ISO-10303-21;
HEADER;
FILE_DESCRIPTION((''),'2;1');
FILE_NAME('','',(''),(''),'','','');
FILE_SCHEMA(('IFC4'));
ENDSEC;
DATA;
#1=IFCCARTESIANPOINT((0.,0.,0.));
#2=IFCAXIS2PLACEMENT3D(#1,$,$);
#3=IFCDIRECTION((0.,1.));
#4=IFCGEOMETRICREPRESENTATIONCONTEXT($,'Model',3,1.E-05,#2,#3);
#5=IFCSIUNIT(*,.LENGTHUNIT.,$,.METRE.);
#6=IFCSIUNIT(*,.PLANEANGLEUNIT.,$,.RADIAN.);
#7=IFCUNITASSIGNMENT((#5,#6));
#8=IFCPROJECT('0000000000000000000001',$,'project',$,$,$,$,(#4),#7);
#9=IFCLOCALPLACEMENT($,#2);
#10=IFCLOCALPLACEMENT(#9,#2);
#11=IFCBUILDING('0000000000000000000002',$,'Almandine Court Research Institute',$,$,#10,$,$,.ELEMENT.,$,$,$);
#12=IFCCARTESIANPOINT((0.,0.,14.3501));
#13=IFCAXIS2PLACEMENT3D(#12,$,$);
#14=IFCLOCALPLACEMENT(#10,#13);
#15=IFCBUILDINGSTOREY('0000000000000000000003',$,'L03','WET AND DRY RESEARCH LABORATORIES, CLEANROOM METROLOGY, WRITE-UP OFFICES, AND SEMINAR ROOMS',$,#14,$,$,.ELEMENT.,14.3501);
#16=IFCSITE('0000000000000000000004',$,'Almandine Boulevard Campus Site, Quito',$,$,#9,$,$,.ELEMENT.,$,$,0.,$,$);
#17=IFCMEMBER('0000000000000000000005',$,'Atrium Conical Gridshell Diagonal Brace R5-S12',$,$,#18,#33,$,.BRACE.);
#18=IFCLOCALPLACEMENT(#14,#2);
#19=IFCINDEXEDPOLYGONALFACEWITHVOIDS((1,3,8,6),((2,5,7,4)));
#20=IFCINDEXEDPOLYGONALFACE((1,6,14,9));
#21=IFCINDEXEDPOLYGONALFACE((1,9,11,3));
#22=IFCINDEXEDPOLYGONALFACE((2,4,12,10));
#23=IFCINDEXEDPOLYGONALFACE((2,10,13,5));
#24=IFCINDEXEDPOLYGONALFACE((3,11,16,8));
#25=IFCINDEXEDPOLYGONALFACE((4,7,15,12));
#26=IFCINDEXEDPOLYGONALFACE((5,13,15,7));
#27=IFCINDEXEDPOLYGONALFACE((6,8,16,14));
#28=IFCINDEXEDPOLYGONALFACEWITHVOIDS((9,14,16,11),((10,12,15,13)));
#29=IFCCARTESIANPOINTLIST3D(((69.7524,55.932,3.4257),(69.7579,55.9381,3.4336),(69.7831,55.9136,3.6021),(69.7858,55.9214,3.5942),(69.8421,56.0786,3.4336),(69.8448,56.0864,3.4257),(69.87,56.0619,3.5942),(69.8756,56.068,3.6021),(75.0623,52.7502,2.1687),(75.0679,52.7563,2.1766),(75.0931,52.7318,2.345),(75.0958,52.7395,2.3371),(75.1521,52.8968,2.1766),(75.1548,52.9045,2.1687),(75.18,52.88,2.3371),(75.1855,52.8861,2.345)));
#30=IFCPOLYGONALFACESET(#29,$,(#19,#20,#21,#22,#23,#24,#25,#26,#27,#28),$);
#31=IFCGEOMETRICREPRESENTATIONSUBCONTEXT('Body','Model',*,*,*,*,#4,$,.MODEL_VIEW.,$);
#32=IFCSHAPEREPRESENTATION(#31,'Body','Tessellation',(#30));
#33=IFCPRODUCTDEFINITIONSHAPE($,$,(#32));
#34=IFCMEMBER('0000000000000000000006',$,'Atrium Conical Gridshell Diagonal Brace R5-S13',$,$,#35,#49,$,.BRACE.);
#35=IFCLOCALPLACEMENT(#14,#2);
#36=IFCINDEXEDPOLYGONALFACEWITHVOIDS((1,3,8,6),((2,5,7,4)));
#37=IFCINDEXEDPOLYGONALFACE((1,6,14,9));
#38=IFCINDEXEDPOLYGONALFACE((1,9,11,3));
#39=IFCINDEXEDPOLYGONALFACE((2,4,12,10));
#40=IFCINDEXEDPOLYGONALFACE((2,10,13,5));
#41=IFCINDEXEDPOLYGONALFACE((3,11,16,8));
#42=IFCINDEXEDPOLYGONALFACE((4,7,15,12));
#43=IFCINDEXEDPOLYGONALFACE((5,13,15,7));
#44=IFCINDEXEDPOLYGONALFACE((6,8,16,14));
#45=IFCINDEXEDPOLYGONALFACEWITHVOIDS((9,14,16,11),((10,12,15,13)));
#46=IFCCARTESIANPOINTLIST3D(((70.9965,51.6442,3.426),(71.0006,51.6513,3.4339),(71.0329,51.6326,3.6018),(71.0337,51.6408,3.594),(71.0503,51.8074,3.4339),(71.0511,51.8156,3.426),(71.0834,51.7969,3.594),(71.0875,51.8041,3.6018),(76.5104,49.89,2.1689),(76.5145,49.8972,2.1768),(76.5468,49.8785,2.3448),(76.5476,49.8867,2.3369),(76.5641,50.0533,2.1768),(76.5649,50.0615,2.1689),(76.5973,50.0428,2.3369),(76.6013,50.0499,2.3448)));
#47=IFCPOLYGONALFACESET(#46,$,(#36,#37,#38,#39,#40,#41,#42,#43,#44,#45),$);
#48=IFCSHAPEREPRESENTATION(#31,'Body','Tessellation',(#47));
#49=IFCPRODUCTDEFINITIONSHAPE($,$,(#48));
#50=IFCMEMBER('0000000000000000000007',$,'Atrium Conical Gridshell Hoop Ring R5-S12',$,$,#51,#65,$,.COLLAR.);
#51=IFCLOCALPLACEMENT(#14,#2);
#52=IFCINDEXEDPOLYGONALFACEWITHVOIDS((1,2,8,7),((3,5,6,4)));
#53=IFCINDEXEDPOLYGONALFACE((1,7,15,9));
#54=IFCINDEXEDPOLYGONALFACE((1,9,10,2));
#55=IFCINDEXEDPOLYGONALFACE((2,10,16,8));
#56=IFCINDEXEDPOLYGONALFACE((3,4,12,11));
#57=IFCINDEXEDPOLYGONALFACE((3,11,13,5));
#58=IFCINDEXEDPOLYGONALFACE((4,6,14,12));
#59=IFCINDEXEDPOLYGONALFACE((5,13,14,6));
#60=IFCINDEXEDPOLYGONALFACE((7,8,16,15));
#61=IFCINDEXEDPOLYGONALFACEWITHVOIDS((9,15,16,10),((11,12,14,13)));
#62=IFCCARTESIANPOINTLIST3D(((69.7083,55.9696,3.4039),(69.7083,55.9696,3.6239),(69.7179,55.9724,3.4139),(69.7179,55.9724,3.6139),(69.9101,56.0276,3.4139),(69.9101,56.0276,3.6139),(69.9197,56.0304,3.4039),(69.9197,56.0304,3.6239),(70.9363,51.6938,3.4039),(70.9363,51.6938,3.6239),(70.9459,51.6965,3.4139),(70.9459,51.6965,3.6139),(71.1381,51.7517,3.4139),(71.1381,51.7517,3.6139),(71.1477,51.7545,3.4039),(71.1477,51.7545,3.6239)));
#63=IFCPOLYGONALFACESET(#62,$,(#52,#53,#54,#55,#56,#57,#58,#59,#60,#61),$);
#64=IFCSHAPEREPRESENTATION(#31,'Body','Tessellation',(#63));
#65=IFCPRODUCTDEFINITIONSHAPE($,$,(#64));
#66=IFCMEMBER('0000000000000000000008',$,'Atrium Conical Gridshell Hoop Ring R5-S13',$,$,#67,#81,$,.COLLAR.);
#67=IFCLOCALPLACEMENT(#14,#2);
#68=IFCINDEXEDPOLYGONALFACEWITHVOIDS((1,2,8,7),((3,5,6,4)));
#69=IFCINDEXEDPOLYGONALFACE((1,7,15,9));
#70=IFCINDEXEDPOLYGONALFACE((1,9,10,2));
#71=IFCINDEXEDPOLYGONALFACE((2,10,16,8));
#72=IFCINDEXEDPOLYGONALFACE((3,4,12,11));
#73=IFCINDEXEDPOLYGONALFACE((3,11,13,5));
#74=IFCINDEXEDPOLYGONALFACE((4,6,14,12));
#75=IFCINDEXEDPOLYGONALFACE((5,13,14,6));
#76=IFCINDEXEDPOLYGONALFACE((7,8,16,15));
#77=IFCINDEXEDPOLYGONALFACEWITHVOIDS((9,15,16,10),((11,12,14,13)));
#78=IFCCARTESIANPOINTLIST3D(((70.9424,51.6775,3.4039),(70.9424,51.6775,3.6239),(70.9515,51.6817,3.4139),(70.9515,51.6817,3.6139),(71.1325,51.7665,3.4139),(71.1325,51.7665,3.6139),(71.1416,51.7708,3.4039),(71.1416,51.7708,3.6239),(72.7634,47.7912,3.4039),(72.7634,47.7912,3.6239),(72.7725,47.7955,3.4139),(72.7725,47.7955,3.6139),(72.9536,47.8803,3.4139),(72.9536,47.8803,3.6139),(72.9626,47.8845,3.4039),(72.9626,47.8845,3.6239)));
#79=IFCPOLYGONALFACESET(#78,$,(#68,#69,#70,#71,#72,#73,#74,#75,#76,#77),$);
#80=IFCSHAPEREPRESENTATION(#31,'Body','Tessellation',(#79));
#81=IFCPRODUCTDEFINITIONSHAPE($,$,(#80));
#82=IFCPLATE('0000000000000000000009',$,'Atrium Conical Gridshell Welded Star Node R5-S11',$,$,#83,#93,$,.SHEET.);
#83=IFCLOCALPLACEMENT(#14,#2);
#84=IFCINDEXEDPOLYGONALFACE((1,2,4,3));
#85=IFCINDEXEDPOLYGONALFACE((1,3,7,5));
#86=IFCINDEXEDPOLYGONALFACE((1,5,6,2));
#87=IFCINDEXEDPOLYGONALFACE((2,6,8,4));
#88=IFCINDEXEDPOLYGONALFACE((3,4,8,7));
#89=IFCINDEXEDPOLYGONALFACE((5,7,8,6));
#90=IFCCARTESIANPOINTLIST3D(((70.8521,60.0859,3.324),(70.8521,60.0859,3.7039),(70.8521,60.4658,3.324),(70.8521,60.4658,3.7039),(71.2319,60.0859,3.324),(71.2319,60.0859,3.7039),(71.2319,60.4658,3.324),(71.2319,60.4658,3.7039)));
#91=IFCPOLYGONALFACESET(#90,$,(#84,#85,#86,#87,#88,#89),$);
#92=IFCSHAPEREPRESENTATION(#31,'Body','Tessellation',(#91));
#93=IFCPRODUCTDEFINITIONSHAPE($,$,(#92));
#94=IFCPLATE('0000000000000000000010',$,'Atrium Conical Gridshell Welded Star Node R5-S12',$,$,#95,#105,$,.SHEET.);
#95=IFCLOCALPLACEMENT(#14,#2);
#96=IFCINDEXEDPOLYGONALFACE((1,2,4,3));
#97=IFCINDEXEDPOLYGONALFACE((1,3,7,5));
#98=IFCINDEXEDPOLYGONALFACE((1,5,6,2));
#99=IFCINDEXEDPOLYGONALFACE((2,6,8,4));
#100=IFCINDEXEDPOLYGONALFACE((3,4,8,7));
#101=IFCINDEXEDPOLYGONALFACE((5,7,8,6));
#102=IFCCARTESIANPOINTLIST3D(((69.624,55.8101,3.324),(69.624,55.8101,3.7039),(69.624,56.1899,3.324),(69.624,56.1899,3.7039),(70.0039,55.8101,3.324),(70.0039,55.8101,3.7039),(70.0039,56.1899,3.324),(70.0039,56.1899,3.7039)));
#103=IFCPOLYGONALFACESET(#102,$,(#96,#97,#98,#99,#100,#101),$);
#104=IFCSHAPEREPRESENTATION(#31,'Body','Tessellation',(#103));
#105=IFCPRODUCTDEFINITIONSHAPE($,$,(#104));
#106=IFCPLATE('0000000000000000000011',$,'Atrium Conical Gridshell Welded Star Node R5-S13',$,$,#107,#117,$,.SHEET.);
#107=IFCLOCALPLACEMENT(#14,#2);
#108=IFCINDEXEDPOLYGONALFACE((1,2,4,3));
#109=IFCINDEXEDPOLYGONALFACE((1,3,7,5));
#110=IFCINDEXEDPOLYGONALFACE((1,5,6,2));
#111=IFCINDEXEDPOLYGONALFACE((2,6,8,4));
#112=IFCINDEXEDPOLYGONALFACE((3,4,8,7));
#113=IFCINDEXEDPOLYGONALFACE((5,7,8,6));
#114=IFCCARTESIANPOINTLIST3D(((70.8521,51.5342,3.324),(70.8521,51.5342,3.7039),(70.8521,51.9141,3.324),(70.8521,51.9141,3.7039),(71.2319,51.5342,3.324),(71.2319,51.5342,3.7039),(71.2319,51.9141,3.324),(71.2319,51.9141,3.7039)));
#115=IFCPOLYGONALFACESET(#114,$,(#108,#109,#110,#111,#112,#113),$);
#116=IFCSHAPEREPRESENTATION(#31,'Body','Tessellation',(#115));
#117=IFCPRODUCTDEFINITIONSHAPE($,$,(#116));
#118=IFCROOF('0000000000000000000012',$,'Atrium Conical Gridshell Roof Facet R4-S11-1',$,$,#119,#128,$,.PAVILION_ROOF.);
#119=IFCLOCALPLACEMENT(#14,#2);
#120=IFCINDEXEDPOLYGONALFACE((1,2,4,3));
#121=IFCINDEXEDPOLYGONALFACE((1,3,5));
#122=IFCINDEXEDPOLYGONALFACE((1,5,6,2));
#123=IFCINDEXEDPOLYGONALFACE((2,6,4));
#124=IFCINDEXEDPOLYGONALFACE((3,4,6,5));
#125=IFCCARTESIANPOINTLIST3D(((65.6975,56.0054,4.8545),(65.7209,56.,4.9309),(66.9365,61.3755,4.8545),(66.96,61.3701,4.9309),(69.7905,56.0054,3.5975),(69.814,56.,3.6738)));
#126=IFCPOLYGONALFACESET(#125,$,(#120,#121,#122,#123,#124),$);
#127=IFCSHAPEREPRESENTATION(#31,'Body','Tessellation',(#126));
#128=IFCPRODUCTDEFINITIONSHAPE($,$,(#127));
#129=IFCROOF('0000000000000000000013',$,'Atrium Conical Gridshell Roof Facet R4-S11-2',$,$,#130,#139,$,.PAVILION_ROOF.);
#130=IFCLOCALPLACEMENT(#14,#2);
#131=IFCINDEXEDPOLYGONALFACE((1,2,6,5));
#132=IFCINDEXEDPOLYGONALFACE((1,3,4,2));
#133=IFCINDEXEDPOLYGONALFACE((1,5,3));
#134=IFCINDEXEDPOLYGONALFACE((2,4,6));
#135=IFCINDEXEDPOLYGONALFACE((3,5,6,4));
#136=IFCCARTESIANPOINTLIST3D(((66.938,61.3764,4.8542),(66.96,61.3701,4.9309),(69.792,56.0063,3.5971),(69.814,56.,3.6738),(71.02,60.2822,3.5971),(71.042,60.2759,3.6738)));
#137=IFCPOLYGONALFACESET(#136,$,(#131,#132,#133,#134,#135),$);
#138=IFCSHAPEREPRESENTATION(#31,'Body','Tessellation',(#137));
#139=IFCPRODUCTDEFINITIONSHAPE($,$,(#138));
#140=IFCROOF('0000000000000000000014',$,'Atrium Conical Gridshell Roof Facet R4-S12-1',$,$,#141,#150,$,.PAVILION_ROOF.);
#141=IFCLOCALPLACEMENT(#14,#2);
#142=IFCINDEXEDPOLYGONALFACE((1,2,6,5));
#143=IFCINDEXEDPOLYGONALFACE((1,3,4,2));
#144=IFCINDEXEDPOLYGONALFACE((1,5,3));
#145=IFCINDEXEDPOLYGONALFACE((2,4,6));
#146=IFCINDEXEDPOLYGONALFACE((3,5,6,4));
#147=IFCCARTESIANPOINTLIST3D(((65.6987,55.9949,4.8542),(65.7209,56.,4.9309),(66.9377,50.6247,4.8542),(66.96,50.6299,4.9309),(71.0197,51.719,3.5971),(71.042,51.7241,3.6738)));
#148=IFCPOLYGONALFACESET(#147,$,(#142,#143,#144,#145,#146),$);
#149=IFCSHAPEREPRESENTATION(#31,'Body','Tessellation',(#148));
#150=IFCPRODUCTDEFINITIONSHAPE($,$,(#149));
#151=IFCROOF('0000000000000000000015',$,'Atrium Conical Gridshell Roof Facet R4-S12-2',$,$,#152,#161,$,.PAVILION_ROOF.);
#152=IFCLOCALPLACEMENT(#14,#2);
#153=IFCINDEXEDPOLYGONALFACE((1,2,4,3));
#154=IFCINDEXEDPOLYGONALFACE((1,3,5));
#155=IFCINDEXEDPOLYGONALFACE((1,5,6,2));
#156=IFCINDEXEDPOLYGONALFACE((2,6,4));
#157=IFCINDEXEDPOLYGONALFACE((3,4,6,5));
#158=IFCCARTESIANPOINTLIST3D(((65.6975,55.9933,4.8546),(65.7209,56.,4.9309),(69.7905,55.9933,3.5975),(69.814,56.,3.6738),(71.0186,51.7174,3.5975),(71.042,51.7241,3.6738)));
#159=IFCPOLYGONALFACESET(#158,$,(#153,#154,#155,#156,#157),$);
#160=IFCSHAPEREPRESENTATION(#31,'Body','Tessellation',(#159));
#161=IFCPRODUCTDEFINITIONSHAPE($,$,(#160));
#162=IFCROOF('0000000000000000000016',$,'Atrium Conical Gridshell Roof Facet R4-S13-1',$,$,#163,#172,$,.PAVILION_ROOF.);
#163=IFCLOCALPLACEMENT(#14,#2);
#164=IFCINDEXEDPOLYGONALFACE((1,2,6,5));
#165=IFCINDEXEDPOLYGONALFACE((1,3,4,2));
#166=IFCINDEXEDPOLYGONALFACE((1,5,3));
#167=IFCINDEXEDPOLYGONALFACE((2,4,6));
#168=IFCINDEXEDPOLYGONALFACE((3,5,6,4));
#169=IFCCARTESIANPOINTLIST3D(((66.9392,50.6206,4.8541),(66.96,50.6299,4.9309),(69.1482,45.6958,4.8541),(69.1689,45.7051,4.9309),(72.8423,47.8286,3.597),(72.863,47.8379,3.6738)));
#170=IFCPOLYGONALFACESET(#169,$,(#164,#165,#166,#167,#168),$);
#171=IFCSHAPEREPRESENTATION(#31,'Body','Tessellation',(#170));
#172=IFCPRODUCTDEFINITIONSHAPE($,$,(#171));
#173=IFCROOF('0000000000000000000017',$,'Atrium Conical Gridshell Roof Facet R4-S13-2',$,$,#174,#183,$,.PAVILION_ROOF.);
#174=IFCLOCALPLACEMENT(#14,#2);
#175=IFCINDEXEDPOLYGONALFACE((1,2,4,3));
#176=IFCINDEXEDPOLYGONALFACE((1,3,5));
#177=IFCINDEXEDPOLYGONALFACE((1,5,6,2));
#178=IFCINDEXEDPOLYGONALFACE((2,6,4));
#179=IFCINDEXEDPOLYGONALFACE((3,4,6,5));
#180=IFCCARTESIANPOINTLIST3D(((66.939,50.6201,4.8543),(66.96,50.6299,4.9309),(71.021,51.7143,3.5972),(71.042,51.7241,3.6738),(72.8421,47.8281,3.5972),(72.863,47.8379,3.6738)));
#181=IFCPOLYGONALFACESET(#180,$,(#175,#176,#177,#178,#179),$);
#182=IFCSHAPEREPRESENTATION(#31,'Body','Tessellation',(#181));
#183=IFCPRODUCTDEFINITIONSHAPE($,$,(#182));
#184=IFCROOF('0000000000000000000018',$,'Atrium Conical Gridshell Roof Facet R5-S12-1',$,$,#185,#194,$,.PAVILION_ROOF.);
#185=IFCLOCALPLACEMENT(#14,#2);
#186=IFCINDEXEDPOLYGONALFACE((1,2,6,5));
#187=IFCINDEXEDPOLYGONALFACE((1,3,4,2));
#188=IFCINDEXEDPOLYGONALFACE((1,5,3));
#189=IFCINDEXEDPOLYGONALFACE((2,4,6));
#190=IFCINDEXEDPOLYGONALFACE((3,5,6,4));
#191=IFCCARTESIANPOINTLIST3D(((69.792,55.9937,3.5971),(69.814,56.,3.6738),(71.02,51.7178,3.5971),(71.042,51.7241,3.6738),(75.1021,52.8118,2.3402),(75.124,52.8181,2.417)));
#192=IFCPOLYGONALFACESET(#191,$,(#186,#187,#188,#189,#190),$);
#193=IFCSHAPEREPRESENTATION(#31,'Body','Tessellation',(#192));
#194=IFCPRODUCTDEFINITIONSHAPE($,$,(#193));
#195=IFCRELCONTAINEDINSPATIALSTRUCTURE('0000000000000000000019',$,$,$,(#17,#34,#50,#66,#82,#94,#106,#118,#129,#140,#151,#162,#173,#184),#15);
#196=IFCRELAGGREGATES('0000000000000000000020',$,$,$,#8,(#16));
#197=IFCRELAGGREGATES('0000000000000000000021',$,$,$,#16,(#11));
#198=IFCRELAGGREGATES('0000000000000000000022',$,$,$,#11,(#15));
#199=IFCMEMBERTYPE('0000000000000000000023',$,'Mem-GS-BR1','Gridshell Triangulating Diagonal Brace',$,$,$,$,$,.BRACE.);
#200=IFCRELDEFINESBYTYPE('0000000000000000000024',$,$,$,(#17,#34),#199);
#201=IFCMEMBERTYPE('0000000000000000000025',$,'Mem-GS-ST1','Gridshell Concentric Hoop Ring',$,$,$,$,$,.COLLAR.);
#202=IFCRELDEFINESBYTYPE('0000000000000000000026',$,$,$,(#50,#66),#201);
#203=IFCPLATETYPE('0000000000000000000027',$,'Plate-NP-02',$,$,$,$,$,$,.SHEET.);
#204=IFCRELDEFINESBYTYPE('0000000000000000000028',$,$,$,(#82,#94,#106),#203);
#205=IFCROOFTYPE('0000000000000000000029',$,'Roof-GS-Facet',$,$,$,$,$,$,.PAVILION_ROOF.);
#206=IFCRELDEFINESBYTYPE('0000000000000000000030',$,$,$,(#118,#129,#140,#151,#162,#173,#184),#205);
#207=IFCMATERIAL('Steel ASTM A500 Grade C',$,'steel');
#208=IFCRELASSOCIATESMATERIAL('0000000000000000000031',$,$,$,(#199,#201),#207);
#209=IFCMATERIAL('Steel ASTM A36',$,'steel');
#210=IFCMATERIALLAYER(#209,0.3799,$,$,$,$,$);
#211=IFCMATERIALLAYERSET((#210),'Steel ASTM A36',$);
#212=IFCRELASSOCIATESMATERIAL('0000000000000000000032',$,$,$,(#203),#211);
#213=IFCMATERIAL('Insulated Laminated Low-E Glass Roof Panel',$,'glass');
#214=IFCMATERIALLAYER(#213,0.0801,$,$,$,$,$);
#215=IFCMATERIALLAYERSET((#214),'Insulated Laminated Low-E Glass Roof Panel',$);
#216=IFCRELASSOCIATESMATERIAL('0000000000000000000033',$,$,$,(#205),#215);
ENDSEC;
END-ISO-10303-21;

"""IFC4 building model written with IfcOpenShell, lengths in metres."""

from ifc_helpers import new_model, si_unit, direction, frame, origin, origin_2d, place, context, subcontext, project, spatial, polyline, rectangle, hollow_rectangle, outline, extrude, material, layer, layer_set, material_profile, profile_set, type_object, element, save


model = new_model("IFC4")

# Units and contexts
model_context = context("Model", 3, precision=1e-05, world=origin(), true_north=direction((0.0, 1.0)))
body_context = subcontext(model_context, "Body", "Model", "MODEL_VIEW")
ifc_project = project(units=[si_unit("LENGTHUNIT", "METRE"), si_unit("PLANEANGLEUNIT", "RADIAN")], contexts=[model_context])

# Site, building, storey
site_placement = place(None, origin())
site = spatial("IfcSite", under=ifc_project, at=site_placement, Name="Almandine Boulevard Campus Site, Quito", CompositionType="ELEMENT", RefElevation=0.0)
building_placement = place(site_placement, origin())
building = spatial("IfcBuilding", under=site, at=building_placement, Name="Almandine Court Research Institute", CompositionType="ELEMENT")
storey_placement = place(building_placement, frame((0.0, 0.0, 14.3501)))
storey = spatial("IfcBuildingStorey", under=building, at=storey_placement, Name="L03", Description="WET AND DRY RESEARCH LABORATORIES, CLEANROOM METROLOGY, WRITE-UP OFFICES, AND SEMINAR ROOMS", CompositionType="ELEMENT", Elevation=14.3501)

# Members
ifc_material_1 = material(Name="Steel ASTM A500 Grade C", Category="steel")
ifc_material_profile_1 = material_profile(ifc_material_1, hollow_rectangle(XDim=0.1799, YDim=0.1799, WallThickness=0.0081, at=origin_2d()), Name="HSS 180x180x8")
ifc_profile_set_1 = profile_set([ifc_material_profile_1], Name="Steel ASTM A500 Grade C")
member_type_1 = type_object("IfcMemberType", Name="Mem-GS-BR1", Description="Gridshell Triangulating Diagonal Brace", PredefinedType="BRACE", material=ifc_profile_set_1)
member_1_placement = place(storey_placement, frame((69.814, 56.0, 3.5139), z_axis=(0.840631, -0.503722, -0.199007), x_axis=(0.514003, 0.857789, 0.0)))
element("IfcMember", 1, at=member_1_placement, inside=storey, type_object=member_type_1, Name="Atrium Conical Gridshell Diagonal Brace R5-S12", PredefinedType="BRACE", context=body_context, shape_type="SweptSolid", body=[
    extrude(hollow_rectangle(XDim=0.1799, YDim=0.1799, WallThickness=0.0081, at=origin_2d()), origin(), (0.0, 0.0, 1.0), 6.3167),
])
member_2_placement = place(storey_placement, frame((71.042, 51.7241, 3.5139), z_axis=(0.931217, -0.296249, -0.212302), x_axis=(0.30316, 0.95294, 0.0)))
element("IfcMember", 2, at=member_2_placement, inside=storey, type_object=member_type_1, Name="Atrium Conical Gridshell Diagonal Brace R5-S13", PredefinedType="BRACE", context=body_context, shape_type="SweptSolid", body=[
    extrude(hollow_rectangle(XDim=0.1799, YDim=0.1799, WallThickness=0.0081, at=origin_2d()), origin(), (0.0, 0.0, 1.0), 5.9211),
])
ifc_material_profile_2 = material_profile(ifc_material_1, hollow_rectangle(XDim=0.22, YDim=0.22, WallThickness=0.01, at=origin_2d()), Name="HSS 220x220x10")
ifc_profile_set_2 = profile_set([ifc_material_profile_2], Name="Steel ASTM A500 Grade C")
member_type_2 = type_object("IfcMemberType", Name="Mem-GS-ST1", Description="Gridshell Concentric Hoop Ring", PredefinedType="COLLAR", material=ifc_profile_set_2)
member_3_placement = place(storey_placement, frame((69.814, 56.0, 3.5139), z_axis=(0.27604, -0.961146, 0.0), x_axis=(0.961146, 0.27604, 0.0)))
element("IfcMember", 3, at=member_3_placement, inside=storey, type_object=member_type_2, Name="Atrium Conical Gridshell Hoop Ring R5-S12", PredefinedType="COLLAR", context=body_context, shape_type="SweptSolid", body=[
    extrude(hollow_rectangle(XDim=0.22, YDim=0.22, WallThickness=0.01, at=origin_2d()), origin(), (0.0, 0.0, 1.0), 4.4487),
])
member_4_placement = place(storey_placement, frame((71.042, 51.7241, 3.5139), z_axis=(0.424314, -0.905515, 0.0), x_axis=(0.905515, 0.424314, 0.0)))
element("IfcMember", 4, at=member_4_placement, inside=storey, type_object=member_type_2, Name="Atrium Conical Gridshell Hoop Ring R5-S13", PredefinedType="COLLAR", context=body_context, shape_type="SweptSolid", body=[
    extrude(hollow_rectangle(XDim=0.22, YDim=0.22, WallThickness=0.01, at=origin_2d()), origin(), (0.0, 0.0, 1.0), 4.2917),
])

# Plates
ifc_material_2 = material(Name="Steel ASTM A36", Category="steel")
ifc_layer_1 = layer(ifc_material_2, 0.3799)
ifc_layer_set_1 = layer_set([ifc_layer_1], Name="Steel ASTM A36")
plate_type = type_object("IfcPlateType", Name="Plate-NP-02", PredefinedType="SHEET", material=ifc_layer_set_1)
for number, where, z_axis, x_axis, name in (
    (5, (71.042, 60.2759, 3.324), (0.0, 0.0, 1.0), (1.0, 0.0, 0.0), "Atrium Conical Gridshell Welded Star Node R5-S11"),
    (6, (69.814, 56.0, 3.324), (0.0, 0.0, 1.0), (1.0, 0.0, 0.0), "Atrium Conical Gridshell Welded Star Node R5-S12"),
    (7, (71.042, 51.7241, 3.324), (0.0, 0.0, 1.0), (1.0, 0.0, 0.0), "Atrium Conical Gridshell Welded Star Node R5-S13"),
):
    element("IfcPlate", number, at=place(storey_placement, frame(where, z_axis=z_axis, x_axis=x_axis)), inside=storey, type_object=plate_type, Name=name, PredefinedType="SHEET", context=body_context, shape_type="SweptSolid", body=[
        extrude(rectangle(XDim=0.3799, YDim=0.3799, at=origin_2d()), origin(), (0.0, 0.0, 1.0), 0.3799),
    ])

# Roofs
ifc_material_3 = material(Name="Insulated Laminated Low-E Glass Roof Panel", Category="glass")
ifc_layer_2 = layer(ifc_material_3, 0.0801)
ifc_layer_set_2 = layer_set([ifc_layer_2], Name="Insulated Laminated Low-E Glass Roof Panel")
roof_type = type_object("IfcRoofType", Name="Roof-GS-Facet", PredefinedType="PAVILION_ROOF", material=ifc_layer_set_2)
roof_1_placement = place(storey_placement, frame((66.96, 61.3701, 4.9309), z_axis=(0.292922, -0.067584, 0.953745), x_axis=(-0.224817, -0.974401, 0.0)))
element("IfcRoof", 8, at=roof_1_placement, inside=storey, type_object=roof_type, Name="Atrium Conical Gridshell Roof Facet R4-S11-1", PredefinedType="PAVILION_ROOF", context=body_context, shape_type="SweptSolid", body=[
    extrude(outline(polyline([(0.0, 0.0), (5.5112, 0.0), (4.591, 4.1817), (0.0, 0.0)])), origin(), (0.0, 0.0, -1.0), 0.0801),
])
roof_2_placement = place(storey_placement, frame((66.96, 61.3701, 4.9309), z_axis=(0.274069, -0.078712, 0.958483), x_axis=(0.459584, -0.864757, -0.202429)))
element("IfcRoof", 9, at=roof_2_placement, inside=storey, type_object=roof_type, Name="Atrium Conical Gridshell Roof Facet R4-S11-2", PredefinedType="PAVILION_ROOF", context=body_context, shape_type="SweptSolid", body=[
    extrude(outline(polyline([(0.0, 0.0), (6.21, 0.0), (3.0768, 3.1582), (0.0, 0.0)])), origin(), (0.0, 0.0, -1.0), 0.0801),
])
roof_3_placement = place(storey_placement, frame((65.7209, 56.0, 4.9309), z_axis=(0.277966, 0.064133, 0.958447), x_axis=(0.224817, -0.974401, 0.0)))
element("IfcRoof", 10, at=roof_3_placement, inside=storey, type_object=roof_type, Name="Atrium Conical Gridshell Roof Facet R4-S12-1", PredefinedType="PAVILION_ROOF", context=body_context, shape_type="SweptSolid", body=[
    extrude(outline(polyline([(0.0, 0.0), (5.5112, 0.0), (5.3627, 4.4066), (0.0, 0.0)])), origin(), (0.0, 0.0, -1.0), 0.0801),
])
roof_4_placement = place(storey_placement, frame((65.7209, 56.0, 4.9309), z_axis=(0.292555, 0.084021, 0.95255), x_axis=(0.766615, -0.616036, -0.18111)))
element("IfcRoof", 11, at=roof_4_placement, inside=storey, type_object=roof_type, Name="Atrium Conical Gridshell Roof Facet R4-S12-2", PredefinedType="PAVILION_ROOF", context=body_context, shape_type="SweptSolid", body=[
    extrude(outline(polyline([(0.0, 0.0), (6.941, 0.0), (3.3654, 2.647), (0.0, 0.0)])), origin(), (0.0, 0.0, -1.0), 0.0801),
])
roof_5_placement = place(storey_placement, frame((66.96, 50.6299, 4.9309), z_axis=(0.259163, 0.116246, 0.958812), x_axis=(0.409258, -0.912418, 0.0)))
element("IfcRoof", 12, at=roof_5_placement, inside=storey, type_object=roof_type, Name="Atrium Conical Gridshell Roof Facet R4-S13-1", PredefinedType="PAVILION_ROOF", context=body_context, shape_type="SweptSolid", body=[
    extrude(outline(polyline([(0.0, 0.0), (5.3975, 0.0), (4.9633, 4.4257), (0.0, 0.0)])), origin(), (0.0, 0.0, -1.0), 0.0801),
])
roof_6_placement = place(storey_placement, frame((66.96, 50.6299, 4.9309), z_axis=(0.261896, 0.122722, 0.957262), x_axis=(0.887688, -0.419852, -0.189036)))
element("IfcRoof", 13, at=roof_6_placement, inside=storey, type_object=roof_type, Name="Atrium Conical Gridshell Roof Facet R4-S13-2", PredefinedType="PAVILION_ROOF", context=body_context, shape_type="SweptSolid", body=[
    extrude(outline(polyline([(0.0, 0.0), (6.6499, 0.0), (3.4018, 2.8051), (0.0, 0.0)])), origin(), (0.0, 0.0, -1.0), 0.0801),
])
roof_7_placement = place(storey_placement, frame((69.814, 56.0, 3.6738), z_axis=(0.274025, 0.0787, 0.958497), x_axis=(0.27604, -0.961146, 0.0)))
element("IfcRoof", 14, at=roof_7_placement, inside=storey, type_object=roof_type, Name="Atrium Conical Gridshell Roof Facet R5-S12-1", PredefinedType="PAVILION_ROOF", context=body_context, shape_type="SweptSolid", body=[
    extrude(outline(polyline([(0.0, 0.0), (4.4487, 0.0), (4.524, 4.4084), (0.0, 0.0)])), origin(), (0.0, 0.0, -1.0), 0.0801),
])

save(model, "model.ifc")
